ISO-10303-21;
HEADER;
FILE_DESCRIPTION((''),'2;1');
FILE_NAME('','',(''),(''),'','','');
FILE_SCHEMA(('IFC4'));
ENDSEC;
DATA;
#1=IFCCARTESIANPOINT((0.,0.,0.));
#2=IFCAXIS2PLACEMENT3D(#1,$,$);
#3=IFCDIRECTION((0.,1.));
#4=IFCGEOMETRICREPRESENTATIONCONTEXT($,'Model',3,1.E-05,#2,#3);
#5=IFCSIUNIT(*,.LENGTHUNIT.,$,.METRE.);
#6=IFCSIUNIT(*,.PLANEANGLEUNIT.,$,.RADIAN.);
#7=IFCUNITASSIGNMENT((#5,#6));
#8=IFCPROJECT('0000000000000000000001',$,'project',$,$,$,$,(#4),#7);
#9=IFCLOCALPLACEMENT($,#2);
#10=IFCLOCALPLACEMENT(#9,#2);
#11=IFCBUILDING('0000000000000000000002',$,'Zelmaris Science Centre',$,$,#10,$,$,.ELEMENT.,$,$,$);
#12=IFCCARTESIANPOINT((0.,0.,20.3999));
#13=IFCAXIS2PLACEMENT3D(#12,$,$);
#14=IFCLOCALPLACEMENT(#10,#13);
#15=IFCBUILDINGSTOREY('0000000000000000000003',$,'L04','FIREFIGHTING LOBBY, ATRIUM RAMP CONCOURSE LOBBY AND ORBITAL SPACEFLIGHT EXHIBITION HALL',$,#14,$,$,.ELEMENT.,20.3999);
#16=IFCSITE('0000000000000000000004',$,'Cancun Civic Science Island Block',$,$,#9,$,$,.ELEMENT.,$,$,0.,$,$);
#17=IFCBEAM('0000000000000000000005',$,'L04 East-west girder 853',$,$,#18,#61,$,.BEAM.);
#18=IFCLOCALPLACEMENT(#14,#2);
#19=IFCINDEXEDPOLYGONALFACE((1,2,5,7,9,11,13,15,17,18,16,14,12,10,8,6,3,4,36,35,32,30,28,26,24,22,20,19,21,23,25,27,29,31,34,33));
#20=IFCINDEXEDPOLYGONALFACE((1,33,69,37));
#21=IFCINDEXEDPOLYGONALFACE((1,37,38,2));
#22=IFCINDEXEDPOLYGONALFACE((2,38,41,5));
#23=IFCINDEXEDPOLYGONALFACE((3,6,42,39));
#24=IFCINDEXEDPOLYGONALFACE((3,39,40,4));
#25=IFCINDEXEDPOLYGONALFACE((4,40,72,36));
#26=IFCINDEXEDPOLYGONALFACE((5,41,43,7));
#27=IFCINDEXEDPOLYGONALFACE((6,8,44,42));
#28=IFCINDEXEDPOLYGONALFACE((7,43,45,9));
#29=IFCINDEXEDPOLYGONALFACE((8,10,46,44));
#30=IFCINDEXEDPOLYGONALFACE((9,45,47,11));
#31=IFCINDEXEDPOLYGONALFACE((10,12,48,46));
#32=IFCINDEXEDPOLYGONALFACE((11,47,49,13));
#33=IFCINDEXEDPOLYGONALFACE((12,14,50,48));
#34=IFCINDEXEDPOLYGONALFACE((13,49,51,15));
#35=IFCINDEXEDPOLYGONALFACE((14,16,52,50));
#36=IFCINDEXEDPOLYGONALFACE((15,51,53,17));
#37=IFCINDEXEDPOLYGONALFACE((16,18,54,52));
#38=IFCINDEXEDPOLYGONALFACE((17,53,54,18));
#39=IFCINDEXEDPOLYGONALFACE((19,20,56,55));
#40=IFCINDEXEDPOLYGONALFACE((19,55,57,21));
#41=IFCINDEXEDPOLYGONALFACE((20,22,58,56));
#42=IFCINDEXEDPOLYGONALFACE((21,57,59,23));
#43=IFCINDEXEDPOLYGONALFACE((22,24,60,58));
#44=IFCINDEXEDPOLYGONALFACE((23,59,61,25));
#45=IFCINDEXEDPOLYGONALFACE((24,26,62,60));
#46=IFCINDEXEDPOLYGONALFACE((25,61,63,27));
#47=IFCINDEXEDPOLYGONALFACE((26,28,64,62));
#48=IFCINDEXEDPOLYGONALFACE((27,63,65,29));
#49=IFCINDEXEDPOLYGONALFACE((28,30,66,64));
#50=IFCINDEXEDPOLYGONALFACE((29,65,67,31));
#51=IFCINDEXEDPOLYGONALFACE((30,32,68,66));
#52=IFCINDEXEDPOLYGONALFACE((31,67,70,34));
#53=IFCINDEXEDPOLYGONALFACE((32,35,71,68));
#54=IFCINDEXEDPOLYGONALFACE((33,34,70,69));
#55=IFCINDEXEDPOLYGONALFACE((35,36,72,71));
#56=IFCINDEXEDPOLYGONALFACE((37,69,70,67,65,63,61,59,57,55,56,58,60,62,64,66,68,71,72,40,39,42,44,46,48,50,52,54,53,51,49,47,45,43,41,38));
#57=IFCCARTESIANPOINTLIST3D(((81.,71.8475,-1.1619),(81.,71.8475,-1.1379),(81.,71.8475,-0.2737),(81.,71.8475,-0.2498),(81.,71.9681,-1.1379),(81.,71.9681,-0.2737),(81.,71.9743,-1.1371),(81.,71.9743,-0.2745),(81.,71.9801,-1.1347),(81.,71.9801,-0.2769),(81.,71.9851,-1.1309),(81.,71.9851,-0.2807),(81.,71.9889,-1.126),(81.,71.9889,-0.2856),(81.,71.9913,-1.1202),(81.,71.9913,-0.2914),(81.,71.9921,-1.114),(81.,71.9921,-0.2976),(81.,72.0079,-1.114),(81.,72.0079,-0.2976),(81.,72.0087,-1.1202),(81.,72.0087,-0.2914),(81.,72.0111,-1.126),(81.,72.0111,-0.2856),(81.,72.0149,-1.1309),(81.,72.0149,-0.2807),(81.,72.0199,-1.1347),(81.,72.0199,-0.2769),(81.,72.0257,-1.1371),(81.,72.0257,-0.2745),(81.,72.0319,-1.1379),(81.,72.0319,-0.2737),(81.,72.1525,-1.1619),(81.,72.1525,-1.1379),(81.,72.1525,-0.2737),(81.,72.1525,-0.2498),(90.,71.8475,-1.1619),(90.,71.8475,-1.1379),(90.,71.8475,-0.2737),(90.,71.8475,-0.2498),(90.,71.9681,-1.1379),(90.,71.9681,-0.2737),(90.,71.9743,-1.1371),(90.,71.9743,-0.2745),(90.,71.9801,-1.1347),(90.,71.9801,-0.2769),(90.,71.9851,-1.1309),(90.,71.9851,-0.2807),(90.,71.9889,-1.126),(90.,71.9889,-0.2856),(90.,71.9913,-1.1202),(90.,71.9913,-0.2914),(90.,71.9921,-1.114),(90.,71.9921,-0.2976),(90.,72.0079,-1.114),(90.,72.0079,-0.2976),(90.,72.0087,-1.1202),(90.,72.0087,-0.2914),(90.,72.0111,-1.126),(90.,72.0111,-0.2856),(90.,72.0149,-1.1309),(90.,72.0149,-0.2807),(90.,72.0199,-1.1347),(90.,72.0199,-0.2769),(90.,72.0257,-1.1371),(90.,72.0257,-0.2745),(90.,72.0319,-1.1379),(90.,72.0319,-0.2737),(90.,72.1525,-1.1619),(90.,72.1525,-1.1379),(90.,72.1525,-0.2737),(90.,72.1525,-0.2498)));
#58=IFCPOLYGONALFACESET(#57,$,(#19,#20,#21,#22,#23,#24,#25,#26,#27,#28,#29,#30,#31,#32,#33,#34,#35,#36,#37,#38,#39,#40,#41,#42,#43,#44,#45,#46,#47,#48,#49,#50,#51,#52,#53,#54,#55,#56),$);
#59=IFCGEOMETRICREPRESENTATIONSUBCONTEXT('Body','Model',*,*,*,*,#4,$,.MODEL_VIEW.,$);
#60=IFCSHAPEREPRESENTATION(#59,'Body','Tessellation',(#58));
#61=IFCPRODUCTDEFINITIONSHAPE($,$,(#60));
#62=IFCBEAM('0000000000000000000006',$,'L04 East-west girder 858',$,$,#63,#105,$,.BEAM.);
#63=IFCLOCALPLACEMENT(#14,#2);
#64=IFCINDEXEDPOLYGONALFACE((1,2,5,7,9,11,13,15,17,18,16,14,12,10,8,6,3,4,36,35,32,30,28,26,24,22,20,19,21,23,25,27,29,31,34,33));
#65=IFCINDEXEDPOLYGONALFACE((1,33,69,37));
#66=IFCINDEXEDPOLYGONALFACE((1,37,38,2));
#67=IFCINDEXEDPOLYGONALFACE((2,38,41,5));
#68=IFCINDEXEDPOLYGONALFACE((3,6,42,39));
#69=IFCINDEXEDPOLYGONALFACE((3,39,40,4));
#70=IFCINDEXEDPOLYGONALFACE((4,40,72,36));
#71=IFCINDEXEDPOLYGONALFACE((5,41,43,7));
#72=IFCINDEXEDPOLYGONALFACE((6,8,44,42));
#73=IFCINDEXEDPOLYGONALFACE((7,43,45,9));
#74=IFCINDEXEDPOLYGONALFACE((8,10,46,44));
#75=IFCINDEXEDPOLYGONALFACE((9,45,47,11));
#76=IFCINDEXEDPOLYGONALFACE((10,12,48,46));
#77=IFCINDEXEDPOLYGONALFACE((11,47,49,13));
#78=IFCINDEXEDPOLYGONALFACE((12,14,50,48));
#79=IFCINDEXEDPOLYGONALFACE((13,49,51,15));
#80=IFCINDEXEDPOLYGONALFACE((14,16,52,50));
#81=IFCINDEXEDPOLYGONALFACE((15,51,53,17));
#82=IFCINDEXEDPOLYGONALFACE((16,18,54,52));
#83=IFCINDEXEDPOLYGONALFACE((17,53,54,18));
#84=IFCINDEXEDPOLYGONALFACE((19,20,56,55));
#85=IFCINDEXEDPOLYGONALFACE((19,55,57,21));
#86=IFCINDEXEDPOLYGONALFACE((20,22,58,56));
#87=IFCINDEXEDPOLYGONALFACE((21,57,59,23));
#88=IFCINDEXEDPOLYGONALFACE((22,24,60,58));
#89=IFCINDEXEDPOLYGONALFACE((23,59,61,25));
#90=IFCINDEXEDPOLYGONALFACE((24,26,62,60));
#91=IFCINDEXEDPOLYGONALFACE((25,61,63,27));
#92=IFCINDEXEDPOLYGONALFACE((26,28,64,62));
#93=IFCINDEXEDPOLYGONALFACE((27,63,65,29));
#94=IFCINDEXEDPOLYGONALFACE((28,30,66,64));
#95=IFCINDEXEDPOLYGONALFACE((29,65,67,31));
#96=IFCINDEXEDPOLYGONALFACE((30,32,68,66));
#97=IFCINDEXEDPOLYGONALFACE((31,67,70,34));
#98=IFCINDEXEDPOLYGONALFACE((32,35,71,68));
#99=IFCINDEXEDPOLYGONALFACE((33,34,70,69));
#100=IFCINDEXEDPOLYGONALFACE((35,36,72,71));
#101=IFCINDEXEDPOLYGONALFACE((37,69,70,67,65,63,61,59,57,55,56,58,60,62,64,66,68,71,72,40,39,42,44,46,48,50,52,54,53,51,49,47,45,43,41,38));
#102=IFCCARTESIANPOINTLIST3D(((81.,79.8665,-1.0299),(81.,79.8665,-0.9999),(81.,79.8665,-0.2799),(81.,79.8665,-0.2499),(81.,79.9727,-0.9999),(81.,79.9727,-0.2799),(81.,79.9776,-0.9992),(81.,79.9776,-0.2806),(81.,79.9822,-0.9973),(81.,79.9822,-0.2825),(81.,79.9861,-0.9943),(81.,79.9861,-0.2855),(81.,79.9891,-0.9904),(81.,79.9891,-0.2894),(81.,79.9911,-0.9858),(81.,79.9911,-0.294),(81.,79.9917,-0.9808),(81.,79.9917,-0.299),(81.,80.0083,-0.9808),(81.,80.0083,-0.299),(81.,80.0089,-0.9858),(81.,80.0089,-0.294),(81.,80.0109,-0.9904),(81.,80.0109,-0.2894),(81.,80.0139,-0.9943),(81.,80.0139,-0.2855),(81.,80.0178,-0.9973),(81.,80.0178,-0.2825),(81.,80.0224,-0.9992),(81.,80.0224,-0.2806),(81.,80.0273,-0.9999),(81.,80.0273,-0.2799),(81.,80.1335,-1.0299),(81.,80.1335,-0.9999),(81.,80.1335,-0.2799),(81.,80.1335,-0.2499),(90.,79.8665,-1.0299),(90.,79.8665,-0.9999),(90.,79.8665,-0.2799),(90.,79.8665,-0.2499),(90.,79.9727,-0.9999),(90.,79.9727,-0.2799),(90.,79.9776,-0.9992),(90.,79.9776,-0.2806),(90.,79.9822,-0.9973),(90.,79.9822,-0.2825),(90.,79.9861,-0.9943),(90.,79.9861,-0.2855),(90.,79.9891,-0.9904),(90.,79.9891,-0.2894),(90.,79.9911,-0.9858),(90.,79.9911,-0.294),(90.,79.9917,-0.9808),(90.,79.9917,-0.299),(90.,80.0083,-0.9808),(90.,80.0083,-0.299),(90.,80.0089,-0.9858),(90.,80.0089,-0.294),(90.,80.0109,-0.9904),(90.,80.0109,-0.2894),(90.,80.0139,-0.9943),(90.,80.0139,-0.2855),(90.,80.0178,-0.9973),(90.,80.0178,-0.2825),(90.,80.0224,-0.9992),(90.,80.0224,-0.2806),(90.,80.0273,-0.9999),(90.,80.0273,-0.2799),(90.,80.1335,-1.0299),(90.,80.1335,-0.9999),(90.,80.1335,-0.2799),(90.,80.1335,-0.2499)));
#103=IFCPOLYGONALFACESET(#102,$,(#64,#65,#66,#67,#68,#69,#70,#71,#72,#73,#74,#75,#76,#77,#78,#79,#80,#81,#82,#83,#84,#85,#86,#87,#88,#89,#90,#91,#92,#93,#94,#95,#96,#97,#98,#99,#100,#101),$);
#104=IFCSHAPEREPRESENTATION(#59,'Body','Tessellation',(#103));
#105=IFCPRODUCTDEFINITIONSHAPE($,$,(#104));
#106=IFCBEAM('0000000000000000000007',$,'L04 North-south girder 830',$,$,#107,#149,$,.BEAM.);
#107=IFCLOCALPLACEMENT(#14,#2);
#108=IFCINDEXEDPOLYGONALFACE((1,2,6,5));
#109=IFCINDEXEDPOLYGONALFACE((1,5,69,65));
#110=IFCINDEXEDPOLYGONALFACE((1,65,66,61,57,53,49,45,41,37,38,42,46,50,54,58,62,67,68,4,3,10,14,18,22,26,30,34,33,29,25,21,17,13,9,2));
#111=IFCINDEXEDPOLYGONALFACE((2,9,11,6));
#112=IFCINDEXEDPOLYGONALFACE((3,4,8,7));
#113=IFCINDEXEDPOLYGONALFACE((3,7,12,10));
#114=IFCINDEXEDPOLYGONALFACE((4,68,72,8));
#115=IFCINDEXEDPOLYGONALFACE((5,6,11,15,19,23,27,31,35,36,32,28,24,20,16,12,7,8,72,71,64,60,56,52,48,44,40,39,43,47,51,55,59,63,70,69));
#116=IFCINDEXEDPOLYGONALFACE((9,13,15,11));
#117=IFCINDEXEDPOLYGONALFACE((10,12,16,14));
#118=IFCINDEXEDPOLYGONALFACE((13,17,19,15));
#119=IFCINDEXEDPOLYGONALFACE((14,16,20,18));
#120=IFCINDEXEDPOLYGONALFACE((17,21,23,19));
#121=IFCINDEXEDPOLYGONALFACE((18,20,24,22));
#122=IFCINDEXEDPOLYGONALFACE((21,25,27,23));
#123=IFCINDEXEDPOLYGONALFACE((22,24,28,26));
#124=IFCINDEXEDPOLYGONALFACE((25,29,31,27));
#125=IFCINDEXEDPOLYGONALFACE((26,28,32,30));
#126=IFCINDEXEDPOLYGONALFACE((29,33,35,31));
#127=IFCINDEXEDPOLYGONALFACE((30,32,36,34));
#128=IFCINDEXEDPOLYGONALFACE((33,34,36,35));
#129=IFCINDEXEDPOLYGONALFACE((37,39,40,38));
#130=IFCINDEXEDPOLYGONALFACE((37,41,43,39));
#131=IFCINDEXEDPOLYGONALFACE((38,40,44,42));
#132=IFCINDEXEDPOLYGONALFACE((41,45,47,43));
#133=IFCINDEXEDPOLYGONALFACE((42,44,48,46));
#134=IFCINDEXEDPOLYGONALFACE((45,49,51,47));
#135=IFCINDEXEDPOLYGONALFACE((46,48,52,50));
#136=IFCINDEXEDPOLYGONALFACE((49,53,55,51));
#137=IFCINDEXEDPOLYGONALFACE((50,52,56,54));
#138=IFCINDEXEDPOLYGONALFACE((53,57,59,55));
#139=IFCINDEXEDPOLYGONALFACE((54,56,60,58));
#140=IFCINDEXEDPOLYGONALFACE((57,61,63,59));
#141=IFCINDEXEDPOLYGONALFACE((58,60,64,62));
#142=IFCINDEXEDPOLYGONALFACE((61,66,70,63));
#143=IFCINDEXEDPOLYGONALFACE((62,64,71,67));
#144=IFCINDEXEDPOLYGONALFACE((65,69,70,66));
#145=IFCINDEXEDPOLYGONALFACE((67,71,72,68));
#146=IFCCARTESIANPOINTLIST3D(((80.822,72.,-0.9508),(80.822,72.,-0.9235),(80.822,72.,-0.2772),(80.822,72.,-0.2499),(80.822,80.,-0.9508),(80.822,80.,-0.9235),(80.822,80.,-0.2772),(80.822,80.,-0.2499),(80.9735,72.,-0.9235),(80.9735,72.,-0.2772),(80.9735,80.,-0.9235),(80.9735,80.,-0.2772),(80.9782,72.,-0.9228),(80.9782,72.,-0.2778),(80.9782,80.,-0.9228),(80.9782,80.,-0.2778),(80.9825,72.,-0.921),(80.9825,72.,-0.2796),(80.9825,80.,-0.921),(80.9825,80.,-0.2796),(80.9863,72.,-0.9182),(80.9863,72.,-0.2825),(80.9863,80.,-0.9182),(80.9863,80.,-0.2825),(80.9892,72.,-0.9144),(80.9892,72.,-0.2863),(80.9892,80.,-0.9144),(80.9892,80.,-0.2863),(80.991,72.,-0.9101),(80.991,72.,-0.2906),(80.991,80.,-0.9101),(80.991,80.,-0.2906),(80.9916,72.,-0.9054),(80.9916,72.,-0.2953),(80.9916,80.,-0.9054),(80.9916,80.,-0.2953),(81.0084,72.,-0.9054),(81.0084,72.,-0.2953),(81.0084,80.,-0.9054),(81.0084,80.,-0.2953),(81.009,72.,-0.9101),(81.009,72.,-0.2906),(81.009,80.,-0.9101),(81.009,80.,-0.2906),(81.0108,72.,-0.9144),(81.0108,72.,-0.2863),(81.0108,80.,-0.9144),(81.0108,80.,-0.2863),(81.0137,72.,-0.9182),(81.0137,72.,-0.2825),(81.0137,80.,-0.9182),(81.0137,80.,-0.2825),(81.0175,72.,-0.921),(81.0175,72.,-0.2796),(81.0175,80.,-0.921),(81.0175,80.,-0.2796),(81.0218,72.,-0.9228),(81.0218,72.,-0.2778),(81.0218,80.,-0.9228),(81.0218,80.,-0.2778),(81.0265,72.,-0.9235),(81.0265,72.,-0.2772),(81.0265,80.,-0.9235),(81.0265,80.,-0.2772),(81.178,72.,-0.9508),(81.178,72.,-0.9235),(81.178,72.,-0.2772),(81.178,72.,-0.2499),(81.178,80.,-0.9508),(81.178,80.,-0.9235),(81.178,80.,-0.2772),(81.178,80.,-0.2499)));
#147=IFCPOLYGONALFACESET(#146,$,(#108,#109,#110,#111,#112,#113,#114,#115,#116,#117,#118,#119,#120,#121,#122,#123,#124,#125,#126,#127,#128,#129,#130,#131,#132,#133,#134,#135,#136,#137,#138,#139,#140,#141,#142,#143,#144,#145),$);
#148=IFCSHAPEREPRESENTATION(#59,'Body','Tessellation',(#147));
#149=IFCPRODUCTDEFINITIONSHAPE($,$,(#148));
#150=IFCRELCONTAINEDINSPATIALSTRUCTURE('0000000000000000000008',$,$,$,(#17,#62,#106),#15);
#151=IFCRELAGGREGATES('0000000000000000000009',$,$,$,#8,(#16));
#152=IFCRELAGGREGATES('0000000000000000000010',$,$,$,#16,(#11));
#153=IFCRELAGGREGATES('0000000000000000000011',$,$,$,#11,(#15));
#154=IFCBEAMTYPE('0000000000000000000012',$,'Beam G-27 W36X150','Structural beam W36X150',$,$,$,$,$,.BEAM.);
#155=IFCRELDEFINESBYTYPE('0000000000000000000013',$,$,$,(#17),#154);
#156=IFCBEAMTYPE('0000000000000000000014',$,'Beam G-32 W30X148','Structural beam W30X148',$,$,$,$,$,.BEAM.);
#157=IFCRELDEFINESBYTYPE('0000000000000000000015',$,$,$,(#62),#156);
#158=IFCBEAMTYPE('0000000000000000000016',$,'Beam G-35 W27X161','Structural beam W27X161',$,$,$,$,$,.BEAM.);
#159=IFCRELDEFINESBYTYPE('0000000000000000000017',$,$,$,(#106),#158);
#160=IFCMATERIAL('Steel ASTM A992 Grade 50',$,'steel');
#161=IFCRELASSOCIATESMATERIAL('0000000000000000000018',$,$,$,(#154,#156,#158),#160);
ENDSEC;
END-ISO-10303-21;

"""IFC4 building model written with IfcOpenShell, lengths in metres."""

from ifc_helpers import new_model, si_unit, direction, frame, origin, origin_2d, place, context, subcontext, project, spatial, i_section, extrude, material, material_profile, profile_set, type_object, element, save


model = new_model("IFC4")

# Units and contexts
model_context = context("Model", 3, precision=1e-05, world=origin(), true_north=direction((0.0, 1.0)))
body_context = subcontext(model_context, "Body", "Model", "MODEL_VIEW")
ifc_project = project(units=[si_unit("LENGTHUNIT", "METRE"), si_unit("PLANEANGLEUNIT", "RADIAN")], contexts=[model_context])

# Site, building, storey
site_placement = place(None, origin())
site = spatial("IfcSite", under=ifc_project, at=site_placement, Name="Cancun Civic Science Island Block", CompositionType="ELEMENT", RefElevation=0.0)
building_placement = place(site_placement, origin())
building = spatial("IfcBuilding", under=site, at=building_placement, Name="Zelmaris Science Centre", CompositionType="ELEMENT")
storey_placement = place(building_placement, frame((0.0, 0.0, 20.3999)))
storey = spatial("IfcBuildingStorey", under=building, at=storey_placement, Name="L04", Description="FIREFIGHTING LOBBY, ATRIUM RAMP CONCOURSE LOBBY AND ORBITAL SPACEFLIGHT EXHIBITION HALL", CompositionType="ELEMENT", Elevation=20.3999)

# Shared definitions
ifc_material_1 = material(Name="Steel ASTM A992 Grade 50", Category="steel")

# Beams
ifc_material_profile_1 = material_profile(ifc_material_1, i_section(OverallWidth=0.3049, OverallDepth=0.9121, WebThickness=0.0159, FlangeThickness=0.0239, FilletRadius=0.0239, at=origin_2d()), Name="W36X150")
ifc_profile_set_1 = profile_set([ifc_material_profile_1], Name="Steel ASTM A992 Grade 50")
beam_type_1 = type_object("IfcBeamType", Name="Beam G-27 W36X150", Description="Structural beam W36X150", PredefinedType="BEAM", material=ifc_profile_set_1)
beam_1_placement = place(storey_placement, frame((81.0, 72.0, -0.7058), z_axis=(1.0, 0.0, 0.0), x_axis=(0.0, 1.0, 0.0)))
element("IfcBeam", 1, at=beam_1_placement, inside=storey, type_object=beam_type_1, Name="L04 East-west girder 853", PredefinedType="BEAM", context=body_context, shape_type="SweptSolid", body=[
    extrude(i_section(OverallWidth=0.3049, OverallDepth=0.9121, WebThickness=0.0159, FlangeThickness=0.0239, FilletRadius=0.0239, at=origin_2d()), origin(), (0.0, 0.0, 1.0), 9.0),
])
ifc_material_profile_2 = material_profile(ifc_material_1, i_section(OverallWidth=0.2671, OverallDepth=0.78, WebThickness=0.0166, FlangeThickness=0.03, FilletRadius=0.019, at=origin_2d()), Name="W30X148")
ifc_profile_set_2 = profile_set([ifc_material_profile_2], Name="Steel ASTM A992 Grade 50")
beam_type_2 = type_object("IfcBeamType", Name="Beam G-32 W30X148", Description="Structural beam W30X148", PredefinedType="BEAM", material=ifc_profile_set_2)
beam_2_placement = place(storey_placement, frame((81.0, 80.0, -0.6399), z_axis=(1.0, 0.0, 0.0), x_axis=(0.0, 1.0, 0.0)))
element("IfcBeam", 2, at=beam_2_placement, inside=storey, type_object=beam_type_2, Name="L04 East-west girder 858", PredefinedType="BEAM", context=body_context, shape_type="SweptSolid", body=[
    extrude(i_section(OverallWidth=0.2671, OverallDepth=0.78, WebThickness=0.0166, FlangeThickness=0.03, FilletRadius=0.019, at=origin_2d()), origin(), (0.0, 0.0, 1.0), 9.0),
])
ifc_material_profile_3 = material_profile(ifc_material_1, i_section(OverallWidth=0.356, OverallDepth=0.7009, WebThickness=0.0168, FlangeThickness=0.0273, FilletRadius=0.0181, at=origin_2d()), Name="W27X161")
ifc_profile_set_3 = profile_set([ifc_material_profile_3], Name="Steel ASTM A992 Grade 50")
beam_type_3 = type_object("IfcBeamType", Name="Beam G-35 W27X161", Description="Structural beam W27X161", PredefinedType="BEAM", material=ifc_profile_set_3)
beam_3_placement = place(storey_placement, frame((81.0, 72.0, -0.6003), z_axis=(0.0, 1.0, 0.0), x_axis=(-1.0, 0.0, 0.0)))
element("IfcBeam", 3, at=beam_3_placement, inside=storey, type_object=beam_type_3, Name="L04 North-south girder 830", PredefinedType="BEAM", context=body_context, shape_type="SweptSolid", body=[
    extrude(i_section(OverallWidth=0.356, OverallDepth=0.7009, WebThickness=0.0168, FlangeThickness=0.0273, FilletRadius=0.0181, at=origin_2d()), origin(), (0.0, 0.0, 1.0), 8.0),
])

save(model, "model.ifc")
